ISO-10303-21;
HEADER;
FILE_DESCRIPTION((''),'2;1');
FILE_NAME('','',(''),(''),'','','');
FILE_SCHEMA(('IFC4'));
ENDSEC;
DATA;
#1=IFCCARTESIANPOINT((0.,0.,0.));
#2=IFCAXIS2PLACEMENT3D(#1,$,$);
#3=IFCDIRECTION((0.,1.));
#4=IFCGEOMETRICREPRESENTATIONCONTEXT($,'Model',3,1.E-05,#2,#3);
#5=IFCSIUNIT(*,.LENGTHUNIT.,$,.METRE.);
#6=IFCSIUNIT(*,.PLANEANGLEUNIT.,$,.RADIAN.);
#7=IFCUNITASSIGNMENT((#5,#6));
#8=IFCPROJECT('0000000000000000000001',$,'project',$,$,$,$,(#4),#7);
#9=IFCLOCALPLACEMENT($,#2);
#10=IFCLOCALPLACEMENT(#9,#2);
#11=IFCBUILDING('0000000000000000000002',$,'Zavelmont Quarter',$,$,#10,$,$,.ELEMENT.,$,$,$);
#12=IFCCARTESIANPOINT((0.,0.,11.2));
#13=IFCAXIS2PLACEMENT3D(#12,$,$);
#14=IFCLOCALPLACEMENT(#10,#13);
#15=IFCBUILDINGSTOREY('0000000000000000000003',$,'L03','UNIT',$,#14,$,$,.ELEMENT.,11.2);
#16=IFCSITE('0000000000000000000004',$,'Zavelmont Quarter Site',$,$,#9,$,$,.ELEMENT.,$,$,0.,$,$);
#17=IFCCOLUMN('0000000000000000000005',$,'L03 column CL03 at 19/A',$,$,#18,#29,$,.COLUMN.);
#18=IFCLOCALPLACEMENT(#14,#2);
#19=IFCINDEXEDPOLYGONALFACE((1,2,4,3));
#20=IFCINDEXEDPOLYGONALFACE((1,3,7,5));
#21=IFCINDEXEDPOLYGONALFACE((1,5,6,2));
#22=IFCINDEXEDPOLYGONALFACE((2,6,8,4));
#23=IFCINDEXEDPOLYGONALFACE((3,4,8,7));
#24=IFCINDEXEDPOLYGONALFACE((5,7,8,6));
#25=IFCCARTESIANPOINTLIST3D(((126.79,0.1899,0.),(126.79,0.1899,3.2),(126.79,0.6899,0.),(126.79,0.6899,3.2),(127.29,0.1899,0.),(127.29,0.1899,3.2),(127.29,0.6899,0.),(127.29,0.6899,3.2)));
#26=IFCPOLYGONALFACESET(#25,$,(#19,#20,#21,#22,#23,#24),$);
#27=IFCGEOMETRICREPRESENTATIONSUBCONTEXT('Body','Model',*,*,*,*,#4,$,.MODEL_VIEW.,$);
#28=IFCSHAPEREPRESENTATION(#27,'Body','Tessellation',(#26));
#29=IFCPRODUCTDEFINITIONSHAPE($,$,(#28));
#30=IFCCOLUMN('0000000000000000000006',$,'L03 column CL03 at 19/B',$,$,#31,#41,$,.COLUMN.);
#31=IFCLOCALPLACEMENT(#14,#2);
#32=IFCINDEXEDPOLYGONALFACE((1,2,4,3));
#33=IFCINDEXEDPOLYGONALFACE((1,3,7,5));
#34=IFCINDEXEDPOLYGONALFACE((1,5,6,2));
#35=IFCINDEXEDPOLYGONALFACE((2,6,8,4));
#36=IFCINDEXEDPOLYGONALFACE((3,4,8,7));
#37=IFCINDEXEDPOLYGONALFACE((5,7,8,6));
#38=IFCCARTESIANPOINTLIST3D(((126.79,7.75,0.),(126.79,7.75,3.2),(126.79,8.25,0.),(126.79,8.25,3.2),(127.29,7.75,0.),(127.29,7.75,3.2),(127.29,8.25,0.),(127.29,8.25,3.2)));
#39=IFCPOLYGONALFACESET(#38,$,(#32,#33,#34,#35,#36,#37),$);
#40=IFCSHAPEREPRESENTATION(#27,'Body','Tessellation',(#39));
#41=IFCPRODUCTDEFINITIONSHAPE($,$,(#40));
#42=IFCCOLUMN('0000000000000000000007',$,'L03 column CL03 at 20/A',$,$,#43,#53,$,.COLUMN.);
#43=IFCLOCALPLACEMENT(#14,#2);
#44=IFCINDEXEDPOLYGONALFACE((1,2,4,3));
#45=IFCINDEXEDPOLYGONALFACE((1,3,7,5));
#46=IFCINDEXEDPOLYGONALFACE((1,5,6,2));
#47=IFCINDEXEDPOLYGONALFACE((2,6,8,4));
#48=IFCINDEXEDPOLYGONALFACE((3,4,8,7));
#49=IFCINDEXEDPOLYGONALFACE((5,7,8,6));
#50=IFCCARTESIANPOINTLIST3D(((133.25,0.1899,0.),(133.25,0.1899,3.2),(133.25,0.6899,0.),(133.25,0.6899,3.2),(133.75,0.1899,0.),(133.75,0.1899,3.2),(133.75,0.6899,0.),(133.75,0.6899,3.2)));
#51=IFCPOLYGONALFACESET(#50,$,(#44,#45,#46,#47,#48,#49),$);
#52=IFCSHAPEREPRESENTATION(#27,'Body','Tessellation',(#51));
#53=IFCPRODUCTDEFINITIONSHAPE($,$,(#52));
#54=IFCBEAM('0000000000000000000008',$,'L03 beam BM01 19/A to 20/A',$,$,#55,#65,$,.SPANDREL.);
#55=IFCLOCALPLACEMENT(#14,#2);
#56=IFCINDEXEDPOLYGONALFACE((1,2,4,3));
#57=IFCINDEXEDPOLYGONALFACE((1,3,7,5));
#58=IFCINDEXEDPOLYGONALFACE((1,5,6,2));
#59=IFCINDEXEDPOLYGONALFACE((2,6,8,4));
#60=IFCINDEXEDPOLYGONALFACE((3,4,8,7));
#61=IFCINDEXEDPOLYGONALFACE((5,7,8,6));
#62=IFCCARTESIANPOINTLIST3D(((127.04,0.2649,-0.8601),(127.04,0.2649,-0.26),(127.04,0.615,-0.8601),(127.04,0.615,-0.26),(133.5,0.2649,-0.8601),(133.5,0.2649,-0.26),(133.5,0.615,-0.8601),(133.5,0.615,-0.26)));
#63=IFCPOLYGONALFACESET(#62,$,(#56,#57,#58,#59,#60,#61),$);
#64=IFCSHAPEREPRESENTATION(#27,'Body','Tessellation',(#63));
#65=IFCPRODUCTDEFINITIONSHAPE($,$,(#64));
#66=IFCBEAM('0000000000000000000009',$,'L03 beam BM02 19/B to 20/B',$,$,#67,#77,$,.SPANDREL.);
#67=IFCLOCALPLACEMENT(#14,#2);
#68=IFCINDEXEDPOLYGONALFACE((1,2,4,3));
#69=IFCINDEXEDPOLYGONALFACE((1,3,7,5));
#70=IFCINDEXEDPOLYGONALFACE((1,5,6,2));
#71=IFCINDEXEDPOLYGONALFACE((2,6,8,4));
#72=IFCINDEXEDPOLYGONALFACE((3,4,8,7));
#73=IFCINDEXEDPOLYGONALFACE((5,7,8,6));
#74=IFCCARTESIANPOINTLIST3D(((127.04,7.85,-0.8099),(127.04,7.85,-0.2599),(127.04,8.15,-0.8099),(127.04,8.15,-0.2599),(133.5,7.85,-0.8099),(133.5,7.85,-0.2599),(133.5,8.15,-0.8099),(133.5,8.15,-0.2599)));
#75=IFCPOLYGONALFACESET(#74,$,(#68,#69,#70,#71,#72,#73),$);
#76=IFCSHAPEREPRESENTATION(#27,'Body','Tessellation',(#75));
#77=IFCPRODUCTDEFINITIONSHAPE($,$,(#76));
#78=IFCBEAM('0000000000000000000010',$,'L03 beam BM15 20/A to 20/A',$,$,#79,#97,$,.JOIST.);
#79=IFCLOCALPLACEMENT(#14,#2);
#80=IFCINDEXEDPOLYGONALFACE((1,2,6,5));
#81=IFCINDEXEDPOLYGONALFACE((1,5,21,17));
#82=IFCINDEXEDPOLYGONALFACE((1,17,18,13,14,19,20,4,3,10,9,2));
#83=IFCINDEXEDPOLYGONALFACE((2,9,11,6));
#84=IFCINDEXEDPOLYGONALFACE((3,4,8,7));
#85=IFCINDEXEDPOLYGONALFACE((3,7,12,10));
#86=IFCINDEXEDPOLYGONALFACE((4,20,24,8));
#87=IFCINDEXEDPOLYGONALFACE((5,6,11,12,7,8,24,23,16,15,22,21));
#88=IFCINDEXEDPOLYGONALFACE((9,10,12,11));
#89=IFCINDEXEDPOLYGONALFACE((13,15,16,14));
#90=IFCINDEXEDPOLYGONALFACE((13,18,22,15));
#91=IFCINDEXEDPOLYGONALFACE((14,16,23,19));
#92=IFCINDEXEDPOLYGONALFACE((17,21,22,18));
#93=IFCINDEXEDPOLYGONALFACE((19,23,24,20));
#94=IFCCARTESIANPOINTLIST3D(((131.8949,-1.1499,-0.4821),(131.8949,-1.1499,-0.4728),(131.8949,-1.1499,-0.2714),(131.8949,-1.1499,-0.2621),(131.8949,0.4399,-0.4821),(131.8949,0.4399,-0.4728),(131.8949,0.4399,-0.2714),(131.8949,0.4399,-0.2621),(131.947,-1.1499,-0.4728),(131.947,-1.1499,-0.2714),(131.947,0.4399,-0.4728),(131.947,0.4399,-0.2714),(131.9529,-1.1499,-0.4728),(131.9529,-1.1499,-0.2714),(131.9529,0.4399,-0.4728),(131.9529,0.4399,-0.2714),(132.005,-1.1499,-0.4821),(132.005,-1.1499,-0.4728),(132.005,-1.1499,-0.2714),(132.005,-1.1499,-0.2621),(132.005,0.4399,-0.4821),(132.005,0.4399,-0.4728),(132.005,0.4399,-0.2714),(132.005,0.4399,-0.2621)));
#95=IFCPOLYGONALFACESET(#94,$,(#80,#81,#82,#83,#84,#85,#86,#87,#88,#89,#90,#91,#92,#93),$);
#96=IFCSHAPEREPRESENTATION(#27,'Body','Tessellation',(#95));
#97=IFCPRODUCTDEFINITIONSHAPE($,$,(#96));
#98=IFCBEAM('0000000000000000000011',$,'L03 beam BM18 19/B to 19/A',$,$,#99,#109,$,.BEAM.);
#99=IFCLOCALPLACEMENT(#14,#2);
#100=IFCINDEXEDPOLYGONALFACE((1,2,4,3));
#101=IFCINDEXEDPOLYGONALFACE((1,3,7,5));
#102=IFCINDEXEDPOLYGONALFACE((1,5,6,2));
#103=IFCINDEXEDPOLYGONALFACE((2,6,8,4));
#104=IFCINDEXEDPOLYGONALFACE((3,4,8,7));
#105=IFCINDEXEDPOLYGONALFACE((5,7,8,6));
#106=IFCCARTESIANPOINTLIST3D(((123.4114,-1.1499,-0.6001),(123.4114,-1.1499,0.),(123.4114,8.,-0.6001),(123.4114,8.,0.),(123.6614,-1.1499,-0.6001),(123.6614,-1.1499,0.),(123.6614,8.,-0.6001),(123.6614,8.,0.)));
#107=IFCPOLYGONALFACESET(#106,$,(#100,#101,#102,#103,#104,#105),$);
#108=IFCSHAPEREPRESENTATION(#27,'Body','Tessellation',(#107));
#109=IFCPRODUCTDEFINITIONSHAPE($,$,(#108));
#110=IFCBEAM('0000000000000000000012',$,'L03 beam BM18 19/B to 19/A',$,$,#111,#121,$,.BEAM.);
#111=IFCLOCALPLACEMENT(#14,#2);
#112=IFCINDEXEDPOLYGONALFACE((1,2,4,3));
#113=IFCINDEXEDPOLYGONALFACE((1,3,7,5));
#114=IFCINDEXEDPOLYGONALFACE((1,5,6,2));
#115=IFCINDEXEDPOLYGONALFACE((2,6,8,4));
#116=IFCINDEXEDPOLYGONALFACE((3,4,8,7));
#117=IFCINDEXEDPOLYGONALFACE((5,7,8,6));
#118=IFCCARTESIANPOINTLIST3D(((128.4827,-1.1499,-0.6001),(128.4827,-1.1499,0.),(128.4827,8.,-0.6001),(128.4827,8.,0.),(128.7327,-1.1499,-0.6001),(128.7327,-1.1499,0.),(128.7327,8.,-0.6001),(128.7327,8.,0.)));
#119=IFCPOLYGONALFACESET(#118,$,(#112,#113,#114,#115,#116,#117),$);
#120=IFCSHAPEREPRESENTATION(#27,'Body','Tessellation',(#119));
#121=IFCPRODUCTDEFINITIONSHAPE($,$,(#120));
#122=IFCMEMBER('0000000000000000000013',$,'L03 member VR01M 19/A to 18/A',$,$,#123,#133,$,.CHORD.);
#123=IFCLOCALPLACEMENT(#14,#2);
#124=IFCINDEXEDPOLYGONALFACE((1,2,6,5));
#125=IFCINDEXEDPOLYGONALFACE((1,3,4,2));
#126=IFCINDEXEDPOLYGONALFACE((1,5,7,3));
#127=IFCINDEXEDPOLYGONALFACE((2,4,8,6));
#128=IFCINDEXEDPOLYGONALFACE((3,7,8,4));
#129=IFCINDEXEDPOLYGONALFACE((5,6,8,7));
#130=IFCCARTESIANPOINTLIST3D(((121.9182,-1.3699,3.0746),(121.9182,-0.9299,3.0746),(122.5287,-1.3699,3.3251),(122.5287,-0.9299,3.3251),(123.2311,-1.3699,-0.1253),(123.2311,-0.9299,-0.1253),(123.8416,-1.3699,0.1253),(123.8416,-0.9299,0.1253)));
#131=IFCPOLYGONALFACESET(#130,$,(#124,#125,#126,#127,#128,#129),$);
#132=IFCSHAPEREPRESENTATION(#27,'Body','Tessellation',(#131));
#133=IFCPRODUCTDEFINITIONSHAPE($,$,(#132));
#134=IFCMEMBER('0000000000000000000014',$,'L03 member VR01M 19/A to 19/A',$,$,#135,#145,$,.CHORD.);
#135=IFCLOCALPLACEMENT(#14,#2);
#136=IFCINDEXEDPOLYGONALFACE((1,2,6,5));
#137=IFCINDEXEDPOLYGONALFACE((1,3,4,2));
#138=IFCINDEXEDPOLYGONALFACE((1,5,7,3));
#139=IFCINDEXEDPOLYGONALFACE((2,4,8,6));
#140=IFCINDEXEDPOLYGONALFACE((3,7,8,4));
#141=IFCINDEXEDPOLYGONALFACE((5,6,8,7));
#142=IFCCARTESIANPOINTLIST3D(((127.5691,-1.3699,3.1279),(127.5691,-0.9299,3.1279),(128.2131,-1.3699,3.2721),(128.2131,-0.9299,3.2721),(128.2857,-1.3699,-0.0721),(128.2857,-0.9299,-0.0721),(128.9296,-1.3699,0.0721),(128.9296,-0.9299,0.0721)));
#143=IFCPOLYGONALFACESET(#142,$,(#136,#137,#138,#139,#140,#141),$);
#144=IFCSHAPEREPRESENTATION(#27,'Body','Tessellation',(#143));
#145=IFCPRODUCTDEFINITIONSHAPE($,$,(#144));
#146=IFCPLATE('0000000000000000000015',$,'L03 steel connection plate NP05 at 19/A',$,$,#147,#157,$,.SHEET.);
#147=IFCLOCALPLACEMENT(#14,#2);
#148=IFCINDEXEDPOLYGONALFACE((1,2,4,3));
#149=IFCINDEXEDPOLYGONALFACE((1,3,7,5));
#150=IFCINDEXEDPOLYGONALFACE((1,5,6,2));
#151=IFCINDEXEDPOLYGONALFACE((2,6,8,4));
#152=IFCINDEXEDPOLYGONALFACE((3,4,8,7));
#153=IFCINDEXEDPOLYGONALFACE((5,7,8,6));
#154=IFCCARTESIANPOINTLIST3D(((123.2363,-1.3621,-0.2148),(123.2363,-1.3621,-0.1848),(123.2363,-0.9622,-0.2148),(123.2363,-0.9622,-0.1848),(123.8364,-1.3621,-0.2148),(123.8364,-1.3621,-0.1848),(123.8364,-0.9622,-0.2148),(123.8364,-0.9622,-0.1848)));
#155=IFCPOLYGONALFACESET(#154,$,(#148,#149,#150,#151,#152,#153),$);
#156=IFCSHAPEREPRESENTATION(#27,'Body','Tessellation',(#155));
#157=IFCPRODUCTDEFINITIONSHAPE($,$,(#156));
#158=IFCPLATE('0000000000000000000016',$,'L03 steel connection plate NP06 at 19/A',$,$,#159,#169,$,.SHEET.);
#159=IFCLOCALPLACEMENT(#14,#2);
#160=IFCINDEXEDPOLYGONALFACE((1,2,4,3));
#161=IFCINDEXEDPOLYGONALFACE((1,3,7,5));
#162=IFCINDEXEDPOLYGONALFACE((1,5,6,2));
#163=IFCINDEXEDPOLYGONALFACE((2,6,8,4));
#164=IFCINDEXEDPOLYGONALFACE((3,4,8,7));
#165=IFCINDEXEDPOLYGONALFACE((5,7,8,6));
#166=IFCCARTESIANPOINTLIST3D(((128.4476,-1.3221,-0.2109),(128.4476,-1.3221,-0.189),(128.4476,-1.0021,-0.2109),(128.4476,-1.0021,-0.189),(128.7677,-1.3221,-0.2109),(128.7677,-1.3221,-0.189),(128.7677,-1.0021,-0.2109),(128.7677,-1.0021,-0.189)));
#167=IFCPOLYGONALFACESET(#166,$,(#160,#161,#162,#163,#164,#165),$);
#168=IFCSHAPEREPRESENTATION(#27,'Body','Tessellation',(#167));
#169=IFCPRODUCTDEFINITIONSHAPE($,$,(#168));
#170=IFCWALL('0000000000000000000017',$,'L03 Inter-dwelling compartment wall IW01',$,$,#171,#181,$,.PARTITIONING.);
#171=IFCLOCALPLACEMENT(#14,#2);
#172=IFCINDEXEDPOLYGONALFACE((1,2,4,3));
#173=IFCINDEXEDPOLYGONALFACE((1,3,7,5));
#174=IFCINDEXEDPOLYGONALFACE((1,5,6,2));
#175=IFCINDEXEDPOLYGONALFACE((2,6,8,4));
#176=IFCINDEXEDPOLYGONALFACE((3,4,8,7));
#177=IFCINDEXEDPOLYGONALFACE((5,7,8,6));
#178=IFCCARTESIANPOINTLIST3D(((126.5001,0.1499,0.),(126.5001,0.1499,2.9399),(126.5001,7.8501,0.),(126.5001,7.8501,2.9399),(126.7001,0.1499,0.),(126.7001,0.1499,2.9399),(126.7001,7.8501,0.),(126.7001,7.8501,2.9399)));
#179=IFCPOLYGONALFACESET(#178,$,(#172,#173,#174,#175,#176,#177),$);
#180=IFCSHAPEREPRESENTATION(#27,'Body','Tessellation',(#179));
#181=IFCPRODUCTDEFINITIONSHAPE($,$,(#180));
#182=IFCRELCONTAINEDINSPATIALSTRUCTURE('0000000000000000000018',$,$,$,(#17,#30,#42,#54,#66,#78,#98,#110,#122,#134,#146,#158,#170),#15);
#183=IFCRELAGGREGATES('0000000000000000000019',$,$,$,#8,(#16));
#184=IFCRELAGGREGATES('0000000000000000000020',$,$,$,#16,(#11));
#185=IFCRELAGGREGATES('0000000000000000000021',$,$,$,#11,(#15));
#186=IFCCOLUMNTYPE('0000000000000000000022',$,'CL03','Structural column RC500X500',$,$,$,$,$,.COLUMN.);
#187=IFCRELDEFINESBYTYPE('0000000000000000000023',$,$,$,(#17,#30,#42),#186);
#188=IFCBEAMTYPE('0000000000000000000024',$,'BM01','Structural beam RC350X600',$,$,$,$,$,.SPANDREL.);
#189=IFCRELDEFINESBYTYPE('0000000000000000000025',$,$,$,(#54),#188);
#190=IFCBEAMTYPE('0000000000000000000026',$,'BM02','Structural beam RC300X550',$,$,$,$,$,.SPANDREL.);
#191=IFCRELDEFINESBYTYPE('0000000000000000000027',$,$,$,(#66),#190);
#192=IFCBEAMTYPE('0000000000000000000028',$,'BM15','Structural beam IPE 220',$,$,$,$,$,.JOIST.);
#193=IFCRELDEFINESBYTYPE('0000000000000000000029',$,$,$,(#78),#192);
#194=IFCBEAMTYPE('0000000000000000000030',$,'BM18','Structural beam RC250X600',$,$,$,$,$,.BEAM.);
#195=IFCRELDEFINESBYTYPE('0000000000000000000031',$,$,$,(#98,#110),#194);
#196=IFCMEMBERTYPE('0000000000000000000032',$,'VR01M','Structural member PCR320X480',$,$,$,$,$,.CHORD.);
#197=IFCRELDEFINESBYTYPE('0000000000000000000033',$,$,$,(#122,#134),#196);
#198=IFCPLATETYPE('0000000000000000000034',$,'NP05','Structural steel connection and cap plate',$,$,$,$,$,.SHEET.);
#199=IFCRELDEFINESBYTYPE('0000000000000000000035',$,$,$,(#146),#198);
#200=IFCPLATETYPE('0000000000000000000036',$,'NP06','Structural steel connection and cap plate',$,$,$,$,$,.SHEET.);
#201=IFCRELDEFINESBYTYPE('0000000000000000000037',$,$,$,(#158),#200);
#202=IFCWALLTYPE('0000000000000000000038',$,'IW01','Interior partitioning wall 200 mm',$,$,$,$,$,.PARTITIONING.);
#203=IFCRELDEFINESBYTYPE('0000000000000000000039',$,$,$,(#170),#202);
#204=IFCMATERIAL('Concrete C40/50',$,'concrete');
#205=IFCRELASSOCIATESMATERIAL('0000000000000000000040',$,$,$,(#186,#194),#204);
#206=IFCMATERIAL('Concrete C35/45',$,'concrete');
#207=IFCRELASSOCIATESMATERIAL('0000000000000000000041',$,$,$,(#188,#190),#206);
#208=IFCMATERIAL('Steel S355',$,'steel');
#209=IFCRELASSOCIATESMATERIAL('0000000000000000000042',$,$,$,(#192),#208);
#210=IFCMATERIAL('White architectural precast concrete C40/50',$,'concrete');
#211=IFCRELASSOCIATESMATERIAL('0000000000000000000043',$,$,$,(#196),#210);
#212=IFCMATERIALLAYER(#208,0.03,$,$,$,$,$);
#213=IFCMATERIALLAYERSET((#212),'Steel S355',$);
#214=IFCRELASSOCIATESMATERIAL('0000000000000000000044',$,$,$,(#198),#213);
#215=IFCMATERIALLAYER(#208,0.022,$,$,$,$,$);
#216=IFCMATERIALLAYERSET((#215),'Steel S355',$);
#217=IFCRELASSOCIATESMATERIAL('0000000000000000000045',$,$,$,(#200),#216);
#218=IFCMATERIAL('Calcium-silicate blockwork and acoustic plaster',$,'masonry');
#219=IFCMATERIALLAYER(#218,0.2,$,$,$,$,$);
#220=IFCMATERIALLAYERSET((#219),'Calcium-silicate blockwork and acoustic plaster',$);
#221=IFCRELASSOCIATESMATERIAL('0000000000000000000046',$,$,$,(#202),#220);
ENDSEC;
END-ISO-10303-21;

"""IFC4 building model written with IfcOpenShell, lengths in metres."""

from ifc_helpers import new_model, si_unit, direction, frame, frame_2d, origin, origin_2d, place, context, subcontext, project, spatial, rectangle, i_section, extrude, material, layer, layer_set, material_profile, profile_set, type_object, element, save


model = new_model("IFC4")

# Units and contexts
model_context = context("Model", 3, precision=1e-05, world=origin(), true_north=direction((0.0, 1.0)))
body_context = subcontext(model_context, "Body", "Model", "MODEL_VIEW")
ifc_project = project(units=[si_unit("LENGTHUNIT", "METRE"), si_unit("PLANEANGLEUNIT", "RADIAN")], contexts=[model_context])

# Site, building, storey
site_placement = place(None, origin())
site = spatial("IfcSite", under=ifc_project, at=site_placement, Name="Zavelmont Quarter Site", CompositionType="ELEMENT", RefElevation=0.0)
building_placement = place(site_placement, origin())
building = spatial("IfcBuilding", under=site, at=building_placement, Name="Zavelmont Quarter", CompositionType="ELEMENT")
storey_placement = place(building_placement, frame((0.0, 0.0, 11.2)))
storey = spatial("IfcBuildingStorey", under=building, at=storey_placement, Name="L03", Description="UNIT", CompositionType="ELEMENT", Elevation=11.2)

# Columns
ifc_material_1 = material(Name="Concrete C40/50", Category="concrete")
ifc_material_profile_1 = material_profile(ifc_material_1, rectangle(XDim=0.5, YDim=0.5, at=origin_2d()), Name="RC500X500")
ifc_profile_set_1 = profile_set([ifc_material_profile_1], Name="Concrete C40/50")
column_type = type_object("IfcColumnType", Name="CL03", Description="Structural column RC500X500", PredefinedType="COLUMN", material=ifc_profile_set_1)
for number, where, z_axis, x_axis, name in (
    (1, (127.04, 0.4399, 0.0), (0.0, 0.0, 1.0), (1.0, 0.0, 0.0), "L03 column CL03 at 19/A"),
    (2, (127.04, 8.0, 0.0), (0.0, 0.0, 1.0), (1.0, 0.0, 0.0), "L03 column CL03 at 19/B"),
    (3, (133.5, 0.4399, 0.0), (0.0, 0.0, 1.0), (1.0, 0.0, 0.0), "L03 column CL03 at 20/A"),
):
    element("IfcColumn", number, at=place(storey_placement, frame(where, z_axis=z_axis, x_axis=x_axis)), inside=storey, type_object=column_type, Name=name, PredefinedType="COLUMN", context=body_context, shape_type="SweptSolid", body=[
        extrude(rectangle(XDim=0.5, YDim=0.5, at=origin_2d()), origin(), (0.0, 0.0, 1.0), 3.2),
    ])

# Beams
ifc_material_2 = material(Name="Concrete C35/45", Category="concrete")
ifc_material_profile_2 = material_profile(ifc_material_2, rectangle(XDim=0.3501, YDim=0.6001, at=origin_2d()), Name="RC350X600")
ifc_profile_set_2 = profile_set([ifc_material_profile_2], Name="Concrete C35/45")
beam_type_1 = type_object("IfcBeamType", Name="BM01", Description="Structural beam RC350X600", PredefinedType="SPANDREL", material=ifc_profile_set_2)
beam_1_placement = place(storey_placement, frame((127.04, 0.4399, -0.5601), z_axis=(1.0, 0.0, 0.0), x_axis=(0.0, 1.0, 0.0)))
element("IfcBeam", 4, at=beam_1_placement, inside=storey, type_object=beam_type_1, Name="L03 beam BM01 19/A to 20/A", PredefinedType="SPANDREL", context=body_context, shape_type="SweptSolid", body=[
    extrude(rectangle(XDim=0.3501, YDim=0.6001, at=origin_2d()), origin(), (0.0, 0.0, 1.0), 6.46),
])
ifc_material_profile_3 = material_profile(ifc_material_2, rectangle(XDim=0.3, YDim=0.55, at=origin_2d()), Name="RC300X550")
ifc_profile_set_3 = profile_set([ifc_material_profile_3], Name="Concrete C35/45")
beam_type_2 = type_object("IfcBeamType", Name="BM02", Description="Structural beam RC300X550", PredefinedType="SPANDREL", material=ifc_profile_set_3)
beam_2_placement = place(storey_placement, frame((127.04, 8.0, -0.5349), z_axis=(1.0, 0.0, 0.0), x_axis=(0.0, 1.0, 0.0)))
element("IfcBeam", 5, at=beam_2_placement, inside=storey, type_object=beam_type_2, Name="L03 beam BM02 19/B to 20/B", PredefinedType="SPANDREL", context=body_context, shape_type="SweptSolid", body=[
    extrude(rectangle(XDim=0.3, YDim=0.55, at=origin_2d()), origin(), (0.0, 0.0, 1.0), 6.46),
])
ifc_material_3 = material(Name="Steel S355", Category="steel")
ifc_material_profile_4 = material_profile(ifc_material_3, i_section(OverallWidth=0.1101, OverallDepth=0.22, WebThickness=0.0059, FlangeThickness=0.0093, at=origin_2d()), Name="IPE 220")
ifc_profile_set_4 = profile_set([ifc_material_profile_4], Name="Steel S355")
beam_type_3 = type_object("IfcBeamType", Name="BM15", Description="Structural beam IPE 220", PredefinedType="JOIST", material=ifc_profile_set_4)
beam_3_placement = place(storey_placement, frame((131.95, 0.4399, -0.3721), z_axis=(0.0, -1.0, 0.0), x_axis=(1.0, 0.0, 0.0)))
element("IfcBeam", 6, at=beam_3_placement, inside=storey, type_object=beam_type_3, Name="L03 beam BM15 20/A to 20/A", PredefinedType="JOIST", context=body_context, shape_type="SweptSolid", body=[
    extrude(i_section(OverallWidth=0.1101, OverallDepth=0.22, WebThickness=0.0059, FlangeThickness=0.0093, at=origin_2d()), origin(), (0.0, 0.0, 1.0), 1.5898),
])
ifc_material_profile_5 = material_profile(ifc_material_1, rectangle(XDim=0.25, YDim=0.6001, at=origin_2d()), Name="RC250X600")
ifc_profile_set_5 = profile_set([ifc_material_profile_5], Name="Concrete C40/50")
beam_type_4 = type_object("IfcBeamType", Name="BM18", Description="Structural beam RC250X600", PredefinedType="BEAM", material=ifc_profile_set_5)
for number, where, z_axis, x_axis, name in (
    (7, (123.5364, 8.0, -0.3), (0.0, -1.0, 0.0), (1.0, 0.0, 0.0), "L03 beam BM18 19/B to 19/A"),
    (8, (128.6077, 8.0, -0.3), (0.0, -1.0, 0.0), (1.0, 0.0, 0.0), "L03 beam BM18 19/B to 19/A"),
):
    element("IfcBeam", number, at=place(storey_placement, frame(where, z_axis=z_axis, x_axis=x_axis)), inside=storey, type_object=beam_type_4, Name=name, PredefinedType="BEAM", context=body_context, shape_type="SweptSolid", body=[
        extrude(rectangle(XDim=0.25, YDim=0.6001, at=origin_2d()), origin(), (0.0, 0.0, 1.0), 9.1499),
    ])

# Members
ifc_material_4 = material(Name="White architectural precast concrete C40/50", Category="concrete")
ifc_material_profile_6 = material_profile(ifc_material_4, rectangle(XDim=0.4399, YDim=0.6599, at=origin_2d()), Name="PCR320X480")
ifc_profile_set_6 = profile_set([ifc_material_profile_6], Name="White architectural precast concrete C40/50")
member_type = type_object("IfcMemberType", Name="VR01M", Description="Structural member PCR320X480", PredefinedType="CHORD", material=ifc_profile_set_6)
member_1_placement = place(storey_placement, frame((123.5364, -1.1499, 0.0), z_axis=(-0.379603, 0.0, 0.92515), x_axis=(0.0, -1.0, 0.0)))
element("IfcMember", 9, at=member_1_placement, inside=storey, type_object=member_type, Name="L03 member VR01M 19/A to 18/A", PredefinedType="CHORD", context=body_context, shape_type="SweptSolid", body=[
    extrude(rectangle(XDim=0.4399, YDim=0.6599, at=origin_2d()), origin(), (0.0, 0.0, 1.0), 3.4587),
])
member_2_placement = place(storey_placement, frame((128.6077, -1.1499, 0.0), z_axis=(-0.218515, 0.0, 0.975834), x_axis=(0.0, -1.0, 0.0)))
element("IfcMember", 10, at=member_2_placement, inside=storey, type_object=member_type, Name="L03 member VR01M 19/A to 19/A", PredefinedType="CHORD", context=body_context, shape_type="SweptSolid", body=[
    extrude(rectangle(XDim=0.4399, YDim=0.6599, at=origin_2d()), origin(), (0.0, 0.0, 1.0), 3.2793),
])

# Plates
ifc_layer_1 = layer(ifc_material_3, 0.03)
ifc_layer_set_1 = layer_set([ifc_layer_1], Name="Steel S355")
plate_type_1 = type_object("IfcPlateType", Name="NP05", Description="Structural steel connection and cap plate", PredefinedType="SHEET", material=ifc_layer_set_1)
plate_1_placement = place(storey_placement, frame((123.5364, -1.1621, -0.2148), z_axis=(0.0, 0.0, 1.0), x_axis=(1.0, 0.0, 0.0)))
element("IfcPlate", 11, at=plate_1_placement, inside=storey, type_object=plate_type_1, Name="L03 steel connection plate NP05 at 19/A", PredefinedType="SHEET", context=body_context, shape_type="SweptSolid", body=[
    extrude(rectangle(XDim=0.6001, YDim=0.3999, at=origin_2d()), origin(), (0.0, 0.0, 1.0), 0.03),
])
ifc_layer_2 = layer(ifc_material_3, 0.022)
ifc_layer_set_2 = layer_set([ifc_layer_2], Name="Steel S355")
plate_type_2 = type_object("IfcPlateType", Name="NP06", Description="Structural steel connection and cap plate", PredefinedType="SHEET", material=ifc_layer_set_2)
plate_2_placement = place(storey_placement, frame((128.6077, -1.1621, -0.2109), z_axis=(0.0, 0.0, 1.0), x_axis=(1.0, 0.0, 0.0)))
element("IfcPlate", 12, at=plate_2_placement, inside=storey, type_object=plate_type_2, Name="L03 steel connection plate NP06 at 19/A", PredefinedType="SHEET", context=body_context, shape_type="SweptSolid", body=[
    extrude(rectangle(XDim=0.3201, YDim=0.3201, at=origin_2d()), origin(), (0.0, 0.0, 1.0), 0.022),
])

# Wall
ifc_material_5 = material(Name="Calcium-silicate blockwork and acoustic plaster", Category="masonry")
ifc_layer_3 = layer(ifc_material_5, 0.2)
ifc_layer_set_3 = layer_set([ifc_layer_3], Name="Calcium-silicate blockwork and acoustic plaster")
wall_type_1 = type_object("IfcWallType", Name="IW01", Description="Interior partitioning wall 200 mm", PredefinedType="PARTITIONING", material=ifc_layer_set_3)
wall_1_placement = place(storey_placement, frame((126.6001, 7.8501, 0.0), z_axis=(0.0, 0.0, 1.0), x_axis=(0.0, -1.0, 0.0)))
element("IfcWall", 13, at=wall_1_placement, inside=storey, type_object=wall_type_1, Name="L03 Inter-dwelling compartment wall IW01", PredefinedType="PARTITIONING", context=body_context, shape_type="SweptSolid", body=[
    extrude(rectangle(XDim=7.7002, YDim=0.2, at=frame_2d((3.8501, 0.0))), origin(), (0.0, 0.0, 1.0), 2.9399),
])

save(model, "model.ifc")
